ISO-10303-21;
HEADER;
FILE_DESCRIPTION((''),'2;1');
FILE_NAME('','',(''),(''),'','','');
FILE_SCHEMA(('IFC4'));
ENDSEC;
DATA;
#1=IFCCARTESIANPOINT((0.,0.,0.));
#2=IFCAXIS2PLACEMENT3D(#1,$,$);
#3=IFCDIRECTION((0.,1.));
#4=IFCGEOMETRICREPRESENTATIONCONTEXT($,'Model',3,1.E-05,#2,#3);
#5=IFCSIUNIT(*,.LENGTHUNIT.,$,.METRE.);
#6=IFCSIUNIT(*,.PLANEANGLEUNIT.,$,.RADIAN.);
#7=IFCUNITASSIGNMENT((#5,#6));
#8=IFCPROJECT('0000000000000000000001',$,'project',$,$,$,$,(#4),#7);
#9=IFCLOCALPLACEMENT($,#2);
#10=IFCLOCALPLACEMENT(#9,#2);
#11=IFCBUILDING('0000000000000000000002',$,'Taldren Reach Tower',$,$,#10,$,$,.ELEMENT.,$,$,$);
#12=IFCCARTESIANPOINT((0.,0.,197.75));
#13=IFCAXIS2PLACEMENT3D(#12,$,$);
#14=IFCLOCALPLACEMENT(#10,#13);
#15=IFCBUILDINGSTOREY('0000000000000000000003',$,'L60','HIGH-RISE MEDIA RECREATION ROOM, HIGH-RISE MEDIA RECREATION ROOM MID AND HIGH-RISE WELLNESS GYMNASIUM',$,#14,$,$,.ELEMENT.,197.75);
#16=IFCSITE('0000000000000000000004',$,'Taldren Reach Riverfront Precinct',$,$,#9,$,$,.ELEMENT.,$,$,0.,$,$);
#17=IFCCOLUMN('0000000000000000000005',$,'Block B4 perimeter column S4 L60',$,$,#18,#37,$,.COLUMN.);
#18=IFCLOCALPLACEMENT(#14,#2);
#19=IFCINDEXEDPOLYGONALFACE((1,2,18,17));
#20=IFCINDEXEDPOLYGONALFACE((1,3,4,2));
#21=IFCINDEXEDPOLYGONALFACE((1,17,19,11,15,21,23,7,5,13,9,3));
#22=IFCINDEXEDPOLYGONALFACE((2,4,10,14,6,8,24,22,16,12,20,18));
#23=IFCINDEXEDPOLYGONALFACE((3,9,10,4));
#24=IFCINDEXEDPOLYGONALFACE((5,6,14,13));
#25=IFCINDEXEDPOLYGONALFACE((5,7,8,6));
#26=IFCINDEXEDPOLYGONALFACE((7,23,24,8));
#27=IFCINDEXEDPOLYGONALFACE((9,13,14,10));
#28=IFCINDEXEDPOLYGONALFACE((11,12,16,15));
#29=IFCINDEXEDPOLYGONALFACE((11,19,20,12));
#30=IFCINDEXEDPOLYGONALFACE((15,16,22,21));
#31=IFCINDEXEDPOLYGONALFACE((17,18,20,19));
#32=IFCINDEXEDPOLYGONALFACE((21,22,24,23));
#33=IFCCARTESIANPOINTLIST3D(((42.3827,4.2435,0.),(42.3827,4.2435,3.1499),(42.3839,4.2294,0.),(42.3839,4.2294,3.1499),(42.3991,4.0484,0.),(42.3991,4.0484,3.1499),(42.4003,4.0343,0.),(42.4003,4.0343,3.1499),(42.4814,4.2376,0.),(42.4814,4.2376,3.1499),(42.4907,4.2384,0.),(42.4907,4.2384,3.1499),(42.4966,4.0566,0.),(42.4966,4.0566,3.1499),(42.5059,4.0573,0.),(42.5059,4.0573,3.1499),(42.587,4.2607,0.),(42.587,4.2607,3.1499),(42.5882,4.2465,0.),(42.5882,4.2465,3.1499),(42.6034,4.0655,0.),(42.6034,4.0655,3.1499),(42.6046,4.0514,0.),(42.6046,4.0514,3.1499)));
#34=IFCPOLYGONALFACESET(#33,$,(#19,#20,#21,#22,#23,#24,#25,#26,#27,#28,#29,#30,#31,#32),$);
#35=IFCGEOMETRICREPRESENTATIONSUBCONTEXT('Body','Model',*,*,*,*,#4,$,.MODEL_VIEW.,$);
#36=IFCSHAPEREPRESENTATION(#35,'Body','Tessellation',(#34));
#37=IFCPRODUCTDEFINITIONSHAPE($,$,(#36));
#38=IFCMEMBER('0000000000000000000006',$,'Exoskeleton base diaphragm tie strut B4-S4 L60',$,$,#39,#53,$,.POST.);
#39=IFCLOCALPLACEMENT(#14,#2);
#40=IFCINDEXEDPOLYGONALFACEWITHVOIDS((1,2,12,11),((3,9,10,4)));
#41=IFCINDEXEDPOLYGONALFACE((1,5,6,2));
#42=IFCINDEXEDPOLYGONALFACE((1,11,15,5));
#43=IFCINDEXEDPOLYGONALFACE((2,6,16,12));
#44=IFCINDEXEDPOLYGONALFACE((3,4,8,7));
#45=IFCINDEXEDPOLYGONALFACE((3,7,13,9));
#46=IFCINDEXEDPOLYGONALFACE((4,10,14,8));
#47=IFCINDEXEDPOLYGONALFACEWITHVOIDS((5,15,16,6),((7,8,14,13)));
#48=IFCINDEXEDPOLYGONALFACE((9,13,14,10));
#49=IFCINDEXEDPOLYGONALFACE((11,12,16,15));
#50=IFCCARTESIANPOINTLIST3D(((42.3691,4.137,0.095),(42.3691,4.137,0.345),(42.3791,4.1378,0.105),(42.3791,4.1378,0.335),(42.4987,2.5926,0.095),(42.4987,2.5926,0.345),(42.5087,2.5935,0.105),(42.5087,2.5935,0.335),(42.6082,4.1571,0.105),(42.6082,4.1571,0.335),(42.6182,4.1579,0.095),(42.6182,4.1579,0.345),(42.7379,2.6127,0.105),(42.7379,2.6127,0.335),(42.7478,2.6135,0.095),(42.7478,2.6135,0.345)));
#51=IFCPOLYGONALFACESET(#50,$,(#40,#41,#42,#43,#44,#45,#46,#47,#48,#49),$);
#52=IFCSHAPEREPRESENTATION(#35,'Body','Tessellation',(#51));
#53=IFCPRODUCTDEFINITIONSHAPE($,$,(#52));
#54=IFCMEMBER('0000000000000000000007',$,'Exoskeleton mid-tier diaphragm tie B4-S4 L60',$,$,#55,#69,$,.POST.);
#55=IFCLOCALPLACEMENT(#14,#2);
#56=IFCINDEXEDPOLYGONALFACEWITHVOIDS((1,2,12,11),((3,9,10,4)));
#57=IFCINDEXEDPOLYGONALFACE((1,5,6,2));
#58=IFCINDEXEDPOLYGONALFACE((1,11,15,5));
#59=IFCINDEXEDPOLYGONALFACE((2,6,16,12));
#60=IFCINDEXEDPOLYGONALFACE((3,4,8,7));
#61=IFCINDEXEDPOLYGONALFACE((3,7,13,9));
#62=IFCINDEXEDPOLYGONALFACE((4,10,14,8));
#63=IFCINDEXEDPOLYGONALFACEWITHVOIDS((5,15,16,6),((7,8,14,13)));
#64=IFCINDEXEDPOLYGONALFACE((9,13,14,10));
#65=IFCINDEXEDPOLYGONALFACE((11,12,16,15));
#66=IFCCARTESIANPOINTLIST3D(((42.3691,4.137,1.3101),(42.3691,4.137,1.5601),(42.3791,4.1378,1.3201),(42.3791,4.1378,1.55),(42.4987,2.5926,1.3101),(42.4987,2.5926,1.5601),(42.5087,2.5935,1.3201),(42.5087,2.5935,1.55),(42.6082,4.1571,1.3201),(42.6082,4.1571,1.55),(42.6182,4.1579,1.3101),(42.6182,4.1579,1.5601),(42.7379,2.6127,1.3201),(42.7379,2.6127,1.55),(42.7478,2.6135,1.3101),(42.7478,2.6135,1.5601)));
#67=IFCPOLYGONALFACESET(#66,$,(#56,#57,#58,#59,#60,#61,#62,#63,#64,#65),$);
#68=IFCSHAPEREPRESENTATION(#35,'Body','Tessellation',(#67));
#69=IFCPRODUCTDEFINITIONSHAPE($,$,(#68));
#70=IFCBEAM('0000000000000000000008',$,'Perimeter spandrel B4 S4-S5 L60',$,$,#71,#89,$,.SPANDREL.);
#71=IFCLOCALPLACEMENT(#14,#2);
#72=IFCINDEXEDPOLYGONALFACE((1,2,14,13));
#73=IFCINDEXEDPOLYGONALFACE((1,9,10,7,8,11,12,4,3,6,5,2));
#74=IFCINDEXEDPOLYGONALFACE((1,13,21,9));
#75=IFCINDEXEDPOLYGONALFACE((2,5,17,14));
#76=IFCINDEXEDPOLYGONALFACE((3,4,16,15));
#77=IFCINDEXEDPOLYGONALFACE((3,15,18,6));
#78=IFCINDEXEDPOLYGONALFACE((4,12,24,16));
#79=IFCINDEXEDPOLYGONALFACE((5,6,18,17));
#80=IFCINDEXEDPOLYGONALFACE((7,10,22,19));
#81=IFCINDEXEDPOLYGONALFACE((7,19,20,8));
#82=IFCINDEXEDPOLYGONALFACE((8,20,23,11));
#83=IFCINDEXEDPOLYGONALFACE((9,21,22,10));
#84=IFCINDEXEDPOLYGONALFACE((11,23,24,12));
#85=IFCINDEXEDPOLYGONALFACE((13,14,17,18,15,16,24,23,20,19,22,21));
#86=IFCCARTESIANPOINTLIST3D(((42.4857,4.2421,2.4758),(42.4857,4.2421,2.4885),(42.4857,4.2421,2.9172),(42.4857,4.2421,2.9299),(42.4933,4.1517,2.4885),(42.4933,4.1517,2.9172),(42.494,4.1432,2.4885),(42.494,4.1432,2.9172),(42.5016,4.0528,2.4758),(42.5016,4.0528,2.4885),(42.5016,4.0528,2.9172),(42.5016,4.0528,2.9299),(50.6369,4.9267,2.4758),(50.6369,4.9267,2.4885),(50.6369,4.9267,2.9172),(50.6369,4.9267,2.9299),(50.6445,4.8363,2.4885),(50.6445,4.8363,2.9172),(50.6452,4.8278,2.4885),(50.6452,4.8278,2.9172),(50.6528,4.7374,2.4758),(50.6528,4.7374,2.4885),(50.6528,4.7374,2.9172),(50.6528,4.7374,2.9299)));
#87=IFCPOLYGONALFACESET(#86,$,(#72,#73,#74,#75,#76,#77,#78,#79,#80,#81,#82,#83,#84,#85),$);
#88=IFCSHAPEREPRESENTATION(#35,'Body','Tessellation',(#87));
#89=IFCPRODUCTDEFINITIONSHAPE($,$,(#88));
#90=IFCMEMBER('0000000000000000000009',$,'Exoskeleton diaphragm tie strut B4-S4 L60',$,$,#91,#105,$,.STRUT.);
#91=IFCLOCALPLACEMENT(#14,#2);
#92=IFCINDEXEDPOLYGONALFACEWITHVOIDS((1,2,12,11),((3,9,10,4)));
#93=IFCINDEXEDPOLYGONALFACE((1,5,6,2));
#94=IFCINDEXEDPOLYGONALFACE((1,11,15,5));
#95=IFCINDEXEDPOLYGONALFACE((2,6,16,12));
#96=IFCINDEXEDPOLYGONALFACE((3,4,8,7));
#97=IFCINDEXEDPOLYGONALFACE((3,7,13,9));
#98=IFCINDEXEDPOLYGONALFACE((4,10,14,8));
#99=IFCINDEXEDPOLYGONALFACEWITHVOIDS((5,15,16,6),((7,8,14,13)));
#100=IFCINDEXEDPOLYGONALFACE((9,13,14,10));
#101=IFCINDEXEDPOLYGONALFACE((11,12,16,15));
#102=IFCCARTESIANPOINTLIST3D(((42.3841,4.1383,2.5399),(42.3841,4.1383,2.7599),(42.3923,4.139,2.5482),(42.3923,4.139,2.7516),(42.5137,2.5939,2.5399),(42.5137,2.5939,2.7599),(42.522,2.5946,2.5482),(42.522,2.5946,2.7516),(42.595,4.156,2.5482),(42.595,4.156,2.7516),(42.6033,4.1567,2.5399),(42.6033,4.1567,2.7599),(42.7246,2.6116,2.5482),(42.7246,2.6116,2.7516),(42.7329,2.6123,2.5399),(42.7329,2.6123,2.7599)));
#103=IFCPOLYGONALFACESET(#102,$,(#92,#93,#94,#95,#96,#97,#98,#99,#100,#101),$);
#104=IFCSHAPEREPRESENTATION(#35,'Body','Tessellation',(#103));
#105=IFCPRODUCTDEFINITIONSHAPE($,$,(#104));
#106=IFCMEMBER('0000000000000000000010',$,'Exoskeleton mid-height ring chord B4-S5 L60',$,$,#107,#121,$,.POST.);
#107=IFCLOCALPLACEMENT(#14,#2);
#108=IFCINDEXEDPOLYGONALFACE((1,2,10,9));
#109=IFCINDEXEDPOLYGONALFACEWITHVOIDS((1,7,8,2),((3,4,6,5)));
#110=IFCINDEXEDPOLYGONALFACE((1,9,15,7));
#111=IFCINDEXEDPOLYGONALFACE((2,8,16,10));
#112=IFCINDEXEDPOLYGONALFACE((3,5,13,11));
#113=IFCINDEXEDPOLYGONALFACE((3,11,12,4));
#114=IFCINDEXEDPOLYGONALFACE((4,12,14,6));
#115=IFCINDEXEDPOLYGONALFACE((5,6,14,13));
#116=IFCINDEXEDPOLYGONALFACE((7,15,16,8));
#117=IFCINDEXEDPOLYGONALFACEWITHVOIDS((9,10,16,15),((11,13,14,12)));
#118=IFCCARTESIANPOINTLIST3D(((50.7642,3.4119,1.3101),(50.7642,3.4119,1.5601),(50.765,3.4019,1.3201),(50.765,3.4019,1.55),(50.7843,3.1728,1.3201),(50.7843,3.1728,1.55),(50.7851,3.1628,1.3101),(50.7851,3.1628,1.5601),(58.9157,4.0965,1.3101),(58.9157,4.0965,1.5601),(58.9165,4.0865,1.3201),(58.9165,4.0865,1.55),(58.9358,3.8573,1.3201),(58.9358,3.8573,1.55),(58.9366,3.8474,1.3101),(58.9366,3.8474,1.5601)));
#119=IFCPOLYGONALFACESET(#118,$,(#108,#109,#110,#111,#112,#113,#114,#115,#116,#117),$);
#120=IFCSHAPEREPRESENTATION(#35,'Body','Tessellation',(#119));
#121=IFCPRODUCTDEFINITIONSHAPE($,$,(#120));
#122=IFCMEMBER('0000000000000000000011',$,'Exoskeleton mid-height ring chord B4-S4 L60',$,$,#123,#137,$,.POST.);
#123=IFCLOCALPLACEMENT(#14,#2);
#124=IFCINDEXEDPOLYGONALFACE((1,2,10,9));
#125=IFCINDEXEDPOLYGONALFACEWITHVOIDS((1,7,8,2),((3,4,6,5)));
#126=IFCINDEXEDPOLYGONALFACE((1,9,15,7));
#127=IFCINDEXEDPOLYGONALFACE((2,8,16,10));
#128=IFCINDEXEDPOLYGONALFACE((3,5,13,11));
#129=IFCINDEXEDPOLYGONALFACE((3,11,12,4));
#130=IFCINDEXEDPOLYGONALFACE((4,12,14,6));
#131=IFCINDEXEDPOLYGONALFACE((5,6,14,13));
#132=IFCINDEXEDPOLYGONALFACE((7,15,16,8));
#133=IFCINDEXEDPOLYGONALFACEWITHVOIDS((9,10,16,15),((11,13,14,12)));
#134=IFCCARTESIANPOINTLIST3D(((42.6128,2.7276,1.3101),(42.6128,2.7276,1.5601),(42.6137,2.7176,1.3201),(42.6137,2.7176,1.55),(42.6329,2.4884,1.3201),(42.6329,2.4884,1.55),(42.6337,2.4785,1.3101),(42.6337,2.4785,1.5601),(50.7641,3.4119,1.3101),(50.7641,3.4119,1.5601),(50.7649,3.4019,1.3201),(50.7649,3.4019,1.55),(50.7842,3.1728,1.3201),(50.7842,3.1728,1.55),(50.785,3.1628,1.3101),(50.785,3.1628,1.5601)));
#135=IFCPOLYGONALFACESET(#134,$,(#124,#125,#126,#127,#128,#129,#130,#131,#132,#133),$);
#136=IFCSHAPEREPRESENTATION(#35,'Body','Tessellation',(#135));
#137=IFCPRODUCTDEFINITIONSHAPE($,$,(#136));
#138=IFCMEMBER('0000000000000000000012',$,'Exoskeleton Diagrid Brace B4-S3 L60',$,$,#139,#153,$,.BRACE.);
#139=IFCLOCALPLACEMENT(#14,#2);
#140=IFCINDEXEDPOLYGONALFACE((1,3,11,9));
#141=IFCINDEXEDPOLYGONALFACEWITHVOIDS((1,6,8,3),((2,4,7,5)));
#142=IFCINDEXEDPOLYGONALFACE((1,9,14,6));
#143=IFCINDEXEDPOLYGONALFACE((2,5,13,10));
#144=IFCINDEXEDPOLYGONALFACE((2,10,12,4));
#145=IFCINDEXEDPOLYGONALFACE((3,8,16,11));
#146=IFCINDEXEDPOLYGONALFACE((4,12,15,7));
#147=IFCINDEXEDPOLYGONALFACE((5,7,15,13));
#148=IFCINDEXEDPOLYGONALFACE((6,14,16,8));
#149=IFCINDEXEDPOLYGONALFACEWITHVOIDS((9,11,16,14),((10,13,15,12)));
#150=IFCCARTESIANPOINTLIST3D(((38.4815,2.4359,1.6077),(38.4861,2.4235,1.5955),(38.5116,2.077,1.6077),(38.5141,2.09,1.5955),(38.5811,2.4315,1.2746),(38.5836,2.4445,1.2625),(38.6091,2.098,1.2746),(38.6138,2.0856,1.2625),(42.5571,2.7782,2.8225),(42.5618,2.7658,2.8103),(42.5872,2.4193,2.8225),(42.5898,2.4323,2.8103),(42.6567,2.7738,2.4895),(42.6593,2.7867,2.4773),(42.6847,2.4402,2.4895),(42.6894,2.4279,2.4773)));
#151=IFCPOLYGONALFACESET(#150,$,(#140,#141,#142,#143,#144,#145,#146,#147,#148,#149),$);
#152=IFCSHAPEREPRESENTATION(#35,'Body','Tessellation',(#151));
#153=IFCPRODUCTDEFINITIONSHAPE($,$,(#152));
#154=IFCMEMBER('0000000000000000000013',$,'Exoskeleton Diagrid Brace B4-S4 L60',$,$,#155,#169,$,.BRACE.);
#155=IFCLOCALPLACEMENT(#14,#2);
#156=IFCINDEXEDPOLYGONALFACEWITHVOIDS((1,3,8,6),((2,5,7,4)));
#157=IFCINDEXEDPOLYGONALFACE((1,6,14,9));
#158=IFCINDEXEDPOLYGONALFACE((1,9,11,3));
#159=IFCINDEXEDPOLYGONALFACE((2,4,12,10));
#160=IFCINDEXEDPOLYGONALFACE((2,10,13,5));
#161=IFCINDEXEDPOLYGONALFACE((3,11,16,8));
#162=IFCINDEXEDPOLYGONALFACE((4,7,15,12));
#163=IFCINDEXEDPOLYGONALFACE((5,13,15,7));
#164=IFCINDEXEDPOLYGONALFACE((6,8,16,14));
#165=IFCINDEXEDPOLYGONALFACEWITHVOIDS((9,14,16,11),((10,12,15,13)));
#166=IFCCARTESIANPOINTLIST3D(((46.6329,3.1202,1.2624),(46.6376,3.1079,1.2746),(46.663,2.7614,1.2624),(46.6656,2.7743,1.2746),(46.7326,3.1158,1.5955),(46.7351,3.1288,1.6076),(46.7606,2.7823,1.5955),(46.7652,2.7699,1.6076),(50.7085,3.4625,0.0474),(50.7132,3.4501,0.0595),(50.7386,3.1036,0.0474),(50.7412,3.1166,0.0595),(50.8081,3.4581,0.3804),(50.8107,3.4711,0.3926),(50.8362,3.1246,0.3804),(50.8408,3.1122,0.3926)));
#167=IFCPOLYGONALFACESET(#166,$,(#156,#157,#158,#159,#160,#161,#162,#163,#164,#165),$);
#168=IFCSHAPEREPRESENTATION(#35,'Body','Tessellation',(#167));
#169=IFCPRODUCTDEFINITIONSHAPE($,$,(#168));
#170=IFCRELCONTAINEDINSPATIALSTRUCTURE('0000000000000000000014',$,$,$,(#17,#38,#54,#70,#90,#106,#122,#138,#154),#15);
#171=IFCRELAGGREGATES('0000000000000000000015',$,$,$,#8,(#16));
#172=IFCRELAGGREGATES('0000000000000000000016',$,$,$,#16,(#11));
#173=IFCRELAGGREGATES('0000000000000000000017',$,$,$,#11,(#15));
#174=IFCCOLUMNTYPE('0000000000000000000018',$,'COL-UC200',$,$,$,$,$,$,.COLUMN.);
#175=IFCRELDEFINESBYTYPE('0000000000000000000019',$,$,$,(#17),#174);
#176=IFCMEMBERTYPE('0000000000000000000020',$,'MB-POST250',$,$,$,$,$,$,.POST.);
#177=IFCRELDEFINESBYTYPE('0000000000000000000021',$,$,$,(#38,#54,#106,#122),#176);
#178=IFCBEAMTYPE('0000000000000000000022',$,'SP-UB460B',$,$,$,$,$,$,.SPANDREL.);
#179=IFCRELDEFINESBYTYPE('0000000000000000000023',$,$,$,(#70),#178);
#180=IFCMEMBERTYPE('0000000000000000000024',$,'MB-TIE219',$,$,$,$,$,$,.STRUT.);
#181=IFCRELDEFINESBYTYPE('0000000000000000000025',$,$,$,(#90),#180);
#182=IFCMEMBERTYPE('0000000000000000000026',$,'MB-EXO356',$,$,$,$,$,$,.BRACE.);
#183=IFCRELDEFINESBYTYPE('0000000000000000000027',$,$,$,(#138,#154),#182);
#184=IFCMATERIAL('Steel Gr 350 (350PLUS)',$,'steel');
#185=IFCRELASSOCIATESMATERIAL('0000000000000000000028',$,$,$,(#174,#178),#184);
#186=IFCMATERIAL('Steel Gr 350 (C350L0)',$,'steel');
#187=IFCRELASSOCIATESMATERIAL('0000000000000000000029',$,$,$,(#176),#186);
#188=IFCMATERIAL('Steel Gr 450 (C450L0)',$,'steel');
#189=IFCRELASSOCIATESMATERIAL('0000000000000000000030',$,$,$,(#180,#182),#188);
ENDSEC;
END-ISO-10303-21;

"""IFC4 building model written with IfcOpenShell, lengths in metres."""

from ifc_helpers import new_model, si_unit, direction, frame, origin, origin_2d, place, context, subcontext, project, spatial, hollow_rectangle, i_section, extrude, source, transform, mapped, material, material_profile, profile_set, type_object, element, save


model = new_model("IFC4")

# Units and contexts
model_context = context("Model", 3, precision=1e-05, world=origin(), true_north=direction((0.0, 1.0)))
body_context = subcontext(model_context, "Body", "Model", "MODEL_VIEW")
ifc_project = project(units=[si_unit("LENGTHUNIT", "METRE"), si_unit("PLANEANGLEUNIT", "RADIAN")], contexts=[model_context])

# Site, building, storey
site_placement = place(None, origin())
site = spatial("IfcSite", under=ifc_project, at=site_placement, Name="Taldren Reach Riverfront Precinct", CompositionType="ELEMENT", RefElevation=0.0)
building_placement = place(site_placement, origin())
building = spatial("IfcBuilding", under=site, at=building_placement, Name="Taldren Reach Tower", CompositionType="ELEMENT")
storey_placement = place(building_placement, frame((0.0, 0.0, 197.75)))
storey = spatial("IfcBuildingStorey", under=building, at=storey_placement, Name="L60", Description="HIGH-RISE MEDIA RECREATION ROOM, HIGH-RISE MEDIA RECREATION ROOM MID AND HIGH-RISE WELLNESS GYMNASIUM", CompositionType="ELEMENT", Elevation=197.75)

# Column
ifc_material_1 = material(Name="Steel Gr 350 (350PLUS)", Category="steel")
ifc_material_profile_1 = material_profile(ifc_material_1, i_section(OverallWidth=0.2051, OverallDepth=0.21, WebThickness=0.0093, FlangeThickness=0.0142, at=origin_2d()), Name="200UC59.5")
ifc_profile_set_1 = profile_set([ifc_material_profile_1], Name="Steel Gr 350 (350PLUS)")
column_type = type_object("IfcColumnType", Name="COL-UC200", PredefinedType="COLUMN", material=ifc_profile_set_1)
shared_shape_1 = source(origin(), body_context, "Body", "SweptSolid", [
    extrude(i_section(OverallWidth=0.2051, OverallDepth=0.21, WebThickness=0.0093, FlangeThickness=0.0142, at=origin_2d()), origin(), (0.0, 0.0, 1.0), 3.1499),
])
column_placement = place(storey_placement, frame((42.4937, 4.1475, 0.0), z_axis=(0.0, 0.0, 1.0), x_axis=(0.996493, 0.083678, 0.0)))
element("IfcColumn", 1, at=column_placement, inside=storey, type_object=column_type, Name="Block B4 perimeter column S4 L60", PredefinedType="COLUMN", context=body_context, shape_type="MappedRepresentation", body=[
    mapped(shared_shape_1, transform((0.0, 0.0, 0.0), scale=1.0)),
])

# Members
ifc_material_2 = material(Name="Steel Gr 350 (C350L0)", Category="steel")
ifc_material_profile_2 = material_profile(ifc_material_2, hollow_rectangle(XDim=0.25, YDim=0.25, WallThickness=0.01, at=origin_2d()), Name="250x250x10.0SHS")
ifc_profile_set_2 = profile_set([ifc_material_profile_2], Name="Steel Gr 350 (C350L0)")
member_type_1 = type_object("IfcMemberType", Name="MB-POST250", PredefinedType="POST", material=ifc_profile_set_2)
shared_shape_2 = source(origin(), body_context, "Body", "SweptSolid", [
    extrude(hollow_rectangle(XDim=0.25, YDim=0.25, WallThickness=0.01, at=origin_2d()), origin(), (0.0, 0.0, 1.0), 1.5498),
])
for number, where, z_axis, x_axis, name in (
    (2, (42.4937, 4.1475, 0.22), (0.083645, -0.996496, 0.0), (0.996496, 0.083645, 0.0), "Exoskeleton base diaphragm tie strut B4-S4 L60"),
    (3, (42.4937, 4.1475, 1.4351), (0.083645, -0.996496, 0.0), (0.996496, 0.083645, 0.0), "Exoskeleton mid-tier diaphragm tie B4-S4 L60"),
):
    element("IfcMember", number, at=place(storey_placement, frame(where, z_axis=z_axis, x_axis=x_axis)), inside=storey, type_object=member_type_1, Name=name, PredefinedType="POST", context=body_context, shape_type="MappedRepresentation", body=[
        mapped(shared_shape_2, transform((0.0, 0.0, 0.0), scale=1.0)),
    ])

# Beam
ifc_material_profile_3 = material_profile(ifc_material_1, i_section(OverallWidth=0.1899, OverallDepth=0.4541, WebThickness=0.0085, FlangeThickness=0.0127, at=origin_2d()), Name="460UB67.1")
ifc_profile_set_3 = profile_set([ifc_material_profile_3], Name="Steel Gr 350 (350PLUS)")
beam_type = type_object("IfcBeamType", Name="SP-UB460B", PredefinedType="SPANDREL", material=ifc_profile_set_3)
shared_shape_3 = source(origin(), body_context, "Body", "SweptSolid", [
    extrude(i_section(OverallWidth=0.1899, OverallDepth=0.4541, WebThickness=0.0085, FlangeThickness=0.0127, at=origin_2d()), origin(), (0.0, 0.0, 1.0), 8.1799),
])
beam_placement = place(storey_placement, frame((42.4937, 4.1475, 2.7029), z_axis=(0.996492, 0.08369, 0.0), x_axis=(-0.08369, 0.996492, 0.0)))
element("IfcBeam", 4, at=beam_placement, inside=storey, type_object=beam_type, Name="Perimeter spandrel B4 S4-S5 L60", PredefinedType="SPANDREL", context=body_context, shape_type="MappedRepresentation", body=[
    mapped(shared_shape_3, transform((0.0, 0.0, 0.0), scale=1.0)),
])

# Members
ifc_material_3 = material(Name="Steel Gr 450 (C450L0)", Category="steel")
ifc_material_profile_4 = material_profile(ifc_material_3, hollow_rectangle(XDim=0.22, YDim=0.22, WallThickness=0.0083, at=origin_2d()), Name="220x220x8.2SHS")
ifc_profile_set_4 = profile_set([ifc_material_profile_4], Name="Steel Gr 450 (C450L0)")
member_type_2 = type_object("IfcMemberType", Name="MB-TIE219", PredefinedType="STRUT", material=ifc_profile_set_4)
shared_shape_4 = source(origin(), body_context, "Body", "SweptSolid", [
    extrude(hollow_rectangle(XDim=0.22, YDim=0.22, WallThickness=0.0083, at=origin_2d()), origin(), (0.0, 0.0, 1.0), 1.5498),
])
member_1_placement = place(storey_placement, frame((42.4937, 4.1475, 2.6499), z_axis=(0.083645, -0.996496, 0.0), x_axis=(0.996496, 0.083645, 0.0)))
element("IfcMember", 5, at=member_1_placement, inside=storey, type_object=member_type_2, Name="Exoskeleton diaphragm tie strut B4-S4 L60", PredefinedType="STRUT", context=body_context, shape_type="MappedRepresentation", body=[
    mapped(shared_shape_4, transform((0.0, 0.0, 0.0), scale=1.0)),
])
shared_shape_5 = source(origin(), body_context, "Body", "SweptSolid", [
    extrude(hollow_rectangle(XDim=0.25, YDim=0.25, WallThickness=0.01, at=origin_2d()), origin(), (0.0, 0.0, 1.0), 8.1802),
])
member_2_placement = place(storey_placement, frame((50.7747, 3.2874, 1.4351), z_axis=(0.996492, 0.083688, 0.0), x_axis=(-0.083688, 0.996492, 0.0)))
element("IfcMember", 6, at=member_2_placement, inside=storey, type_object=member_type_1, Name="Exoskeleton mid-height ring chord B4-S5 L60", PredefinedType="POST", context=body_context, shape_type="MappedRepresentation", body=[
    mapped(shared_shape_5, transform((0.0, 0.0, 0.0), scale=1.0)),
])
shared_shape_6 = source(origin(), body_context, "Body", "SweptSolid", [
    extrude(hollow_rectangle(XDim=0.25, YDim=0.25, WallThickness=0.01, at=origin_2d()), origin(), (0.0, 0.0, 1.0), 8.1799),
])
member_3_placement = place(storey_placement, frame((42.6233, 2.603, 1.4351), z_axis=(0.996495, 0.083658, 0.0), x_axis=(-0.083658, 0.996495, 0.0)))
element("IfcMember", 7, at=member_3_placement, inside=storey, type_object=member_type_1, Name="Exoskeleton mid-height ring chord B4-S4 L60", PredefinedType="POST", context=body_context, shape_type="MappedRepresentation", body=[
    mapped(shared_shape_6, transform((0.0, 0.0, 0.0), scale=1.0)),
])
ifc_material_profile_5 = material_profile(ifc_material_3, hollow_rectangle(XDim=0.3601, YDim=0.3601, WallThickness=0.0127, at=origin_2d()), Name="360x360x12.7SHS")
ifc_profile_set_5 = profile_set([ifc_material_profile_5], Name="Steel Gr 450 (C450L0)")
member_type_3 = type_object("IfcMemberType", Name="MB-EXO356", PredefinedType="BRACE", material=ifc_profile_set_5)
shared_shape_7 = source(origin(), body_context, "Body", "SweptSolid", [
    extrude(hollow_rectangle(XDim=0.3601, YDim=0.3601, WallThickness=0.0127, at=origin_2d()), origin(), (0.0, 0.0, 1.0), 4.2666),
])
for number, where, z_axis, x_axis, name in (
    (8, (38.5476, 2.2607, 1.4351), (0.955245, 0.080224, 0.284731), (-0.083688, 0.996492, 0.0), "Exoskeleton Diagrid Brace B4-S3 L60"),
    (9, (50.7747, 3.2874, 0.22), (-0.955229, -0.080222, 0.284783), (0.083688, -0.996492, 0.0), "Exoskeleton Diagrid Brace B4-S4 L60"),
):
    element("IfcMember", number, at=place(storey_placement, frame(where, z_axis=z_axis, x_axis=x_axis)), inside=storey, type_object=member_type_3, Name=name, PredefinedType="BRACE", context=body_context, shape_type="MappedRepresentation", body=[
        mapped(shared_shape_7, transform((0.0, 0.0, 0.0), scale=1.0)),
    ])

save(model, "model.ifc")
